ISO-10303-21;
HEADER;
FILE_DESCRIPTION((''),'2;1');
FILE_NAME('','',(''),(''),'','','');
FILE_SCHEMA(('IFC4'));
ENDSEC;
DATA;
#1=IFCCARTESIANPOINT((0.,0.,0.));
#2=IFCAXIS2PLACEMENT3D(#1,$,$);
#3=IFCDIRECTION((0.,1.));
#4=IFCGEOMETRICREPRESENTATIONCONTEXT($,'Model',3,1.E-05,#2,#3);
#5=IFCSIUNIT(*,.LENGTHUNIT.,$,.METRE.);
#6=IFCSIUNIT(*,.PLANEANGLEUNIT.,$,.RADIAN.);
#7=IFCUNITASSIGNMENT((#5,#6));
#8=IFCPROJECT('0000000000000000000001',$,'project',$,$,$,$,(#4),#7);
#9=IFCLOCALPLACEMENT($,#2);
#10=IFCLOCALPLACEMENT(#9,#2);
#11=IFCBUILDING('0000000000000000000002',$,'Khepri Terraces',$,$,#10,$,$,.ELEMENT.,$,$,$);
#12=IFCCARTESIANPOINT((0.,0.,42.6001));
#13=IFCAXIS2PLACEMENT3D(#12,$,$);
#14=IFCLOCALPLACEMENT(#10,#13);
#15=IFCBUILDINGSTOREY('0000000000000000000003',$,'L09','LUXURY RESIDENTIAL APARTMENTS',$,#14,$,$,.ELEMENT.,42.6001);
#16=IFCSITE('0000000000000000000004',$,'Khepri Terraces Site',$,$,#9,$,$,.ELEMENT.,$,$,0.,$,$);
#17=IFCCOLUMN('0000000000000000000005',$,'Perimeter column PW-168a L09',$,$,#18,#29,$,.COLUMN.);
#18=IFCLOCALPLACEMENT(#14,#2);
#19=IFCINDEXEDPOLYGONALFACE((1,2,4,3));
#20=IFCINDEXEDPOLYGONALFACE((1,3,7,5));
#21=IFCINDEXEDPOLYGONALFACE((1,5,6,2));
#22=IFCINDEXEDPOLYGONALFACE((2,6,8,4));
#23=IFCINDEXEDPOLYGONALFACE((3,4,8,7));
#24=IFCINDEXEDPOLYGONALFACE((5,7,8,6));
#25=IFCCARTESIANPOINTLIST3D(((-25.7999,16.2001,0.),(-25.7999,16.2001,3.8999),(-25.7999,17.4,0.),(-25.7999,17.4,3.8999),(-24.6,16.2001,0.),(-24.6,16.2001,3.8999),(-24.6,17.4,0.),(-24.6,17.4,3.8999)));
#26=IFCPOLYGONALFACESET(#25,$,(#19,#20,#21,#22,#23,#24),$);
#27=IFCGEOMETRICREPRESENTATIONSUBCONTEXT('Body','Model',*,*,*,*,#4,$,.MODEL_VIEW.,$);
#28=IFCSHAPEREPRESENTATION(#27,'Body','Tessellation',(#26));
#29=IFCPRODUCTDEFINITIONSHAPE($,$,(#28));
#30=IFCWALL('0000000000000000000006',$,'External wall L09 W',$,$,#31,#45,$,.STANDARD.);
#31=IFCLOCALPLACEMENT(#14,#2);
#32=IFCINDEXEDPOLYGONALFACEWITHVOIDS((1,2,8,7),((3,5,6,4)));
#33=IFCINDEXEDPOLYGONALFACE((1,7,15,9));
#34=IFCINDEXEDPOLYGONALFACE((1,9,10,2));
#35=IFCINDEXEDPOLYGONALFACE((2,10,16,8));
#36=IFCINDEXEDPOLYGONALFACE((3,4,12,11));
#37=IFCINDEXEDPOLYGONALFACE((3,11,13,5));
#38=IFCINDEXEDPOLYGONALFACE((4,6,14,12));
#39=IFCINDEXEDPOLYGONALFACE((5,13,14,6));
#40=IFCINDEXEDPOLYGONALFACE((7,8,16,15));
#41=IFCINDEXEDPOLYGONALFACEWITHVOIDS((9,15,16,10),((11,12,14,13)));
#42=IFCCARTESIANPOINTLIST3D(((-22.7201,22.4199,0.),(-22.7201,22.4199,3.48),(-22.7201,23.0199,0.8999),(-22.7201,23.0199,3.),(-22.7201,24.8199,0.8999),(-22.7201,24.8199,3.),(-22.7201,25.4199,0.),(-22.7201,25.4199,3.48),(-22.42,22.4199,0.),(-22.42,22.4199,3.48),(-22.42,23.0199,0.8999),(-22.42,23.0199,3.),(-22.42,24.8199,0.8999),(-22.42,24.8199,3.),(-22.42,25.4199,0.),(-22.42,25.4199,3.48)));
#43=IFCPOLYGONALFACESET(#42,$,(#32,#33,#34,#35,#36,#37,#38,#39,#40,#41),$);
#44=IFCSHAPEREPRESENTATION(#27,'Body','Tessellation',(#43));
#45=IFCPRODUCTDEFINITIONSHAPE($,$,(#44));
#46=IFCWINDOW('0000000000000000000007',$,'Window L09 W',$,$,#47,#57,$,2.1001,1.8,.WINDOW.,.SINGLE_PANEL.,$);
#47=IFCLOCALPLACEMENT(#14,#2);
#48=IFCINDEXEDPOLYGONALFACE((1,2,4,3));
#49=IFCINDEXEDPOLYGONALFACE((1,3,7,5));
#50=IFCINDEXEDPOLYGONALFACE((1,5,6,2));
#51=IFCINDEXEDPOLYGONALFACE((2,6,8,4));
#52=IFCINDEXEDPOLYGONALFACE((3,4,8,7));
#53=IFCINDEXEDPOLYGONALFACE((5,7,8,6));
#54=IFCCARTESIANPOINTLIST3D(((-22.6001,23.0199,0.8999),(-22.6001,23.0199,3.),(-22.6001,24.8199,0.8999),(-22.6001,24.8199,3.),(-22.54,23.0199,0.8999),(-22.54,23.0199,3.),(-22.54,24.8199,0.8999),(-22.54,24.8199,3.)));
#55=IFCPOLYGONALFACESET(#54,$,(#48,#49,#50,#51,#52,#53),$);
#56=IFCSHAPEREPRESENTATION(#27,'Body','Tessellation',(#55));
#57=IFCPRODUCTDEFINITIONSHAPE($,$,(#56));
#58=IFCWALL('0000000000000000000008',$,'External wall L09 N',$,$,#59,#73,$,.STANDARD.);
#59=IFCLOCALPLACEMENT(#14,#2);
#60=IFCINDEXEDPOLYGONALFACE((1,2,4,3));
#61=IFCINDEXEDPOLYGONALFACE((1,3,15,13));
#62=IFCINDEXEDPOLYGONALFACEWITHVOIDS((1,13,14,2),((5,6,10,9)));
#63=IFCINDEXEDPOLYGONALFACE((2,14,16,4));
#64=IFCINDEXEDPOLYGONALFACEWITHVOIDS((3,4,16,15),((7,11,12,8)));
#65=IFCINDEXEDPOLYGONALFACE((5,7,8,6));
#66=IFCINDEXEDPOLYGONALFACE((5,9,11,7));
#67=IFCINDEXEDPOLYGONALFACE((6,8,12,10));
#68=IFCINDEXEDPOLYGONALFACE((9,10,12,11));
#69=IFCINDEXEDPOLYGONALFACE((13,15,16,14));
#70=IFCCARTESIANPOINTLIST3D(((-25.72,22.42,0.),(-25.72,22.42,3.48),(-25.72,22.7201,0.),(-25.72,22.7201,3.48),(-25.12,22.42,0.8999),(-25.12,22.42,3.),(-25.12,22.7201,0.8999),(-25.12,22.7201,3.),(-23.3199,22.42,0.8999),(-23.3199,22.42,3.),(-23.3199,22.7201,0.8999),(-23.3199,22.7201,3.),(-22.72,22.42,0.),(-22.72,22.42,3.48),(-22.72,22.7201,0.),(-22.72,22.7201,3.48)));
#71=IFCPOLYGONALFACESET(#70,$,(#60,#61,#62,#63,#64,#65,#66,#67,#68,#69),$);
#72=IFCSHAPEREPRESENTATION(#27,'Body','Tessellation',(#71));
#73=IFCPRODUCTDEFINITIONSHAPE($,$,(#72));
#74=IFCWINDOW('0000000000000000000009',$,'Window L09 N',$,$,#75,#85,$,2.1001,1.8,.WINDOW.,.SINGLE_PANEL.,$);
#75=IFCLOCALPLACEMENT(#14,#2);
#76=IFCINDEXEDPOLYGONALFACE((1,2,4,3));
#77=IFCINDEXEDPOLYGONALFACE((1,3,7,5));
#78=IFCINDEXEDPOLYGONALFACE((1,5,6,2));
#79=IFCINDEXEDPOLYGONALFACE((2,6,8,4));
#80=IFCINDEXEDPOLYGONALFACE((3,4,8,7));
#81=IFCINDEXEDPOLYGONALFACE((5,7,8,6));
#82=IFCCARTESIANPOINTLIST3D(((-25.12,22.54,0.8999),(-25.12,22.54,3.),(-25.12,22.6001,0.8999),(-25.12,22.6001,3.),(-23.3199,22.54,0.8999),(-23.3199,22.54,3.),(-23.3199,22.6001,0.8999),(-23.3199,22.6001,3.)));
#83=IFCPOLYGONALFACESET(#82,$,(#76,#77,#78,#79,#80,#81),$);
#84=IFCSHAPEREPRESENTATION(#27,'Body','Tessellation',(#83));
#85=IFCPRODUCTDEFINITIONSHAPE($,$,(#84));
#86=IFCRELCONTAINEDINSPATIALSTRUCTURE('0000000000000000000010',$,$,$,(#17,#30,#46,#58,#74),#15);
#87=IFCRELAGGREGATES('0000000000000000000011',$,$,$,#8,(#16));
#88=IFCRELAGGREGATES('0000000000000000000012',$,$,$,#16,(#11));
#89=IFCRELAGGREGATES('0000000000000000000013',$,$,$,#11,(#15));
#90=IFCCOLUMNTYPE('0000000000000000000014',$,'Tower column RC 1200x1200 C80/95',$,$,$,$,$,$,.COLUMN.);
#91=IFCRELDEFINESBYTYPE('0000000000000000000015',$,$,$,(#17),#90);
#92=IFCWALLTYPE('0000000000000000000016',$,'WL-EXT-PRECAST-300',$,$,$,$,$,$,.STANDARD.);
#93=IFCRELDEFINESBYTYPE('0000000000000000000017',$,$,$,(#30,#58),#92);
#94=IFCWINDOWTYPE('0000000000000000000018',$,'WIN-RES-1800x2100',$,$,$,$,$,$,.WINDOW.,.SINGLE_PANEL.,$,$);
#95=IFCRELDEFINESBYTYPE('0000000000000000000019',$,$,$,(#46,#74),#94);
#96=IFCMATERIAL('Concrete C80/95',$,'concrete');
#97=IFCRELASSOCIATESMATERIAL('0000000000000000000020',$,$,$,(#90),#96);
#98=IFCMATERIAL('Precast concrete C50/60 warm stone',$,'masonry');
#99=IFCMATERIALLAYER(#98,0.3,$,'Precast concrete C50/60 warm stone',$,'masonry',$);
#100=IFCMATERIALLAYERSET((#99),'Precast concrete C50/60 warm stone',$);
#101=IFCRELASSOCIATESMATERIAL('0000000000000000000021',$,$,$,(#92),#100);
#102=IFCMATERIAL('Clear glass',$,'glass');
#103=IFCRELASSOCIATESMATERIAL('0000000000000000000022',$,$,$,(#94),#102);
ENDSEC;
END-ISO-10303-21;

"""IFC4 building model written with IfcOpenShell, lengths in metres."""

from ifc_helpers import new_model, si_unit, direction, frame, frame_2d, origin, origin_2d, place, context, subcontext, project, spatial, rectangle, extrude, material, layer, layer_set, material_profile, profile_set, type_object, element, fill, save


model = new_model("IFC4")

# Units and contexts
model_context = context("Model", 3, precision=1e-05, world=origin(), true_north=direction((0.0, 1.0)))
body_context = subcontext(model_context, "Body", "Model", "MODEL_VIEW")
ifc_project = project(units=[si_unit("LENGTHUNIT", "METRE"), si_unit("PLANEANGLEUNIT", "RADIAN")], contexts=[model_context])

# Site, building, storey
site_placement = place(None, origin())
site = spatial("IfcSite", under=ifc_project, at=site_placement, Name="Khepri Terraces Site", CompositionType="ELEMENT", RefElevation=0.0)
building_placement = place(site_placement, origin())
building = spatial("IfcBuilding", under=site, at=building_placement, Name="Khepri Terraces", CompositionType="ELEMENT")
storey_placement = place(building_placement, frame((0.0, 0.0, 42.6001)))
storey = spatial("IfcBuildingStorey", under=building, at=storey_placement, Name="L09", Description="LUXURY RESIDENTIAL APARTMENTS", CompositionType="ELEMENT", Elevation=42.6001)

# Column
ifc_material_1 = material(Name="Concrete C80/95", Category="concrete")
ifc_material_profile = material_profile(ifc_material_1, rectangle(XDim=1.2, YDim=1.2, at=origin_2d()), Name="Concrete C80/95", Category="concrete")
ifc_profile_set = profile_set([ifc_material_profile], Name="Concrete C80/95")
column_type = type_object("IfcColumnType", Name="Tower column RC 1200x1200 C80/95", PredefinedType="COLUMN", material=ifc_profile_set)
column_placement = place(storey_placement, frame((-25.2, 16.8, 0.0), z_axis=(0.0, 0.0, 1.0), x_axis=(1.0, 0.0, 0.0)))
element("IfcColumn", 1, at=column_placement, inside=storey, type_object=column_type, Name="Perimeter column PW-168a L09", PredefinedType="COLUMN", context=body_context, shape_type="SweptSolid", body=[
    extrude(rectangle(XDim=1.2, YDim=1.2, at=origin_2d()), origin(), (0.0, 0.0, 1.0), 3.8999),
])

# Walls, openings, windows
ifc_material_2 = material(Name="Precast concrete C50/60 warm stone", Category="masonry")
ifc_layer = layer(ifc_material_2, 0.3, Name="Precast concrete C50/60 warm stone", Category="masonry")
ifc_layer_set = layer_set([ifc_layer], Name="Precast concrete C50/60 warm stone")
wall_type = type_object("IfcWallType", Name="WL-EXT-PRECAST-300", PredefinedType="STANDARD", material=ifc_layer_set)
wall_1_placement = place(storey_placement, frame((-22.5701, 25.4199, 0.0), z_axis=(0.0, 0.0, 1.0), x_axis=(0.0, -1.0, 0.0)))
wall_1 = element("IfcWall", 2, at=wall_1_placement, inside=storey, type_object=wall_type, Name="External wall L09 W", PredefinedType="STANDARD", context=body_context, shape_type="SweptSolid", body=[
    extrude(rectangle(XDim=3.0, YDim=0.3, at=frame_2d((1.5, 0.0))), origin(), (0.0, 0.0, 1.0), 3.48),
])
opening_1_placement = place(wall_1_placement, frame((0.6001, 0.0, 0.8999)))
opening_1 = element("IfcOpeningElement", 3, at=opening_1_placement, cuts=wall_1, PredefinedType="OPENING", context=body_context, shape_type="SweptSolid", body=[
    extrude(rectangle(XDim=1.8, YDim=2.1001, at=frame_2d((0.8999, 1.05))), frame((0.0, 0.1602, 0.0), z_axis=(0.0, -1.0, 0.0), x_axis=(1.0, 0.0, 0.0)), (0.0, 0.0, 1.0), 0.3201),
])
ifc_material_3 = material(Name="Clear glass", Category="glass")
window_type = type_object("IfcWindowType", Name="WIN-RES-1800x2100", PartitioningType="SINGLE_PANEL", PredefinedType="WINDOW", material=ifc_material_3)
window_1_placement = place(opening_1_placement, origin())
window_1 = element("IfcWindow", 4, at=window_1_placement, inside=storey, type_object=window_type, Name="Window L09 W", OverallHeight=2.1001, OverallWidth=1.8, PartitioningType="SINGLE_PANEL", PredefinedType="WINDOW", context=body_context, shape_type="SweptSolid", body=[
    extrude(rectangle(XDim=1.8, YDim=2.1001, at=frame_2d((0.8999, 1.05))), frame((0.0, 0.03, 0.0), z_axis=(0.0, -1.0, 0.0), x_axis=(1.0, 0.0, 0.0)), (0.0, 0.0, 1.0), 0.0601),
])
fill(opening_1, window_1)
wall_2_placement = place(storey_placement, frame((-22.72, 22.5701, 0.0), z_axis=(0.0, 0.0, 1.0), x_axis=(-1.0, 0.0, 0.0)))
wall_2 = element("IfcWall", 5, at=wall_2_placement, inside=storey, type_object=wall_type, Name="External wall L09 N", PredefinedType="STANDARD", context=body_context, shape_type="SweptSolid", body=[
    extrude(rectangle(XDim=3.0, YDim=0.3, at=frame_2d((1.5, 0.0))), origin(), (0.0, 0.0, 1.0), 3.48),
])
opening_2_placement = place(wall_2_placement, frame((0.6001, 0.0, 0.8999)))
opening_2 = element("IfcOpeningElement", 6, at=opening_2_placement, cuts=wall_2, PredefinedType="OPENING", context=body_context, shape_type="SweptSolid", body=[
    extrude(rectangle(XDim=1.8, YDim=2.1001, at=frame_2d((0.8999, 1.05))), frame((0.0, 0.1602, 0.0), z_axis=(0.0, -1.0, 0.0), x_axis=(1.0, 0.0, 0.0)), (0.0, 0.0, 1.0), 0.3201),
])
window_2_placement = place(opening_2_placement, origin())
window_2 = element("IfcWindow", 7, at=window_2_placement, inside=storey, type_object=window_type, Name="Window L09 N", OverallHeight=2.1001, OverallWidth=1.8, PartitioningType="SINGLE_PANEL", PredefinedType="WINDOW", context=body_context, shape_type="SweptSolid", body=[
    extrude(rectangle(XDim=1.8, YDim=2.1001, at=frame_2d((0.8999, 1.05))), frame((0.0, 0.03, 0.0), z_axis=(0.0, -1.0, 0.0), x_axis=(1.0, 0.0, 0.0)), (0.0, 0.0, 1.0), 0.0601),
])
fill(opening_2, window_2)

save(model, "model.ifc")
